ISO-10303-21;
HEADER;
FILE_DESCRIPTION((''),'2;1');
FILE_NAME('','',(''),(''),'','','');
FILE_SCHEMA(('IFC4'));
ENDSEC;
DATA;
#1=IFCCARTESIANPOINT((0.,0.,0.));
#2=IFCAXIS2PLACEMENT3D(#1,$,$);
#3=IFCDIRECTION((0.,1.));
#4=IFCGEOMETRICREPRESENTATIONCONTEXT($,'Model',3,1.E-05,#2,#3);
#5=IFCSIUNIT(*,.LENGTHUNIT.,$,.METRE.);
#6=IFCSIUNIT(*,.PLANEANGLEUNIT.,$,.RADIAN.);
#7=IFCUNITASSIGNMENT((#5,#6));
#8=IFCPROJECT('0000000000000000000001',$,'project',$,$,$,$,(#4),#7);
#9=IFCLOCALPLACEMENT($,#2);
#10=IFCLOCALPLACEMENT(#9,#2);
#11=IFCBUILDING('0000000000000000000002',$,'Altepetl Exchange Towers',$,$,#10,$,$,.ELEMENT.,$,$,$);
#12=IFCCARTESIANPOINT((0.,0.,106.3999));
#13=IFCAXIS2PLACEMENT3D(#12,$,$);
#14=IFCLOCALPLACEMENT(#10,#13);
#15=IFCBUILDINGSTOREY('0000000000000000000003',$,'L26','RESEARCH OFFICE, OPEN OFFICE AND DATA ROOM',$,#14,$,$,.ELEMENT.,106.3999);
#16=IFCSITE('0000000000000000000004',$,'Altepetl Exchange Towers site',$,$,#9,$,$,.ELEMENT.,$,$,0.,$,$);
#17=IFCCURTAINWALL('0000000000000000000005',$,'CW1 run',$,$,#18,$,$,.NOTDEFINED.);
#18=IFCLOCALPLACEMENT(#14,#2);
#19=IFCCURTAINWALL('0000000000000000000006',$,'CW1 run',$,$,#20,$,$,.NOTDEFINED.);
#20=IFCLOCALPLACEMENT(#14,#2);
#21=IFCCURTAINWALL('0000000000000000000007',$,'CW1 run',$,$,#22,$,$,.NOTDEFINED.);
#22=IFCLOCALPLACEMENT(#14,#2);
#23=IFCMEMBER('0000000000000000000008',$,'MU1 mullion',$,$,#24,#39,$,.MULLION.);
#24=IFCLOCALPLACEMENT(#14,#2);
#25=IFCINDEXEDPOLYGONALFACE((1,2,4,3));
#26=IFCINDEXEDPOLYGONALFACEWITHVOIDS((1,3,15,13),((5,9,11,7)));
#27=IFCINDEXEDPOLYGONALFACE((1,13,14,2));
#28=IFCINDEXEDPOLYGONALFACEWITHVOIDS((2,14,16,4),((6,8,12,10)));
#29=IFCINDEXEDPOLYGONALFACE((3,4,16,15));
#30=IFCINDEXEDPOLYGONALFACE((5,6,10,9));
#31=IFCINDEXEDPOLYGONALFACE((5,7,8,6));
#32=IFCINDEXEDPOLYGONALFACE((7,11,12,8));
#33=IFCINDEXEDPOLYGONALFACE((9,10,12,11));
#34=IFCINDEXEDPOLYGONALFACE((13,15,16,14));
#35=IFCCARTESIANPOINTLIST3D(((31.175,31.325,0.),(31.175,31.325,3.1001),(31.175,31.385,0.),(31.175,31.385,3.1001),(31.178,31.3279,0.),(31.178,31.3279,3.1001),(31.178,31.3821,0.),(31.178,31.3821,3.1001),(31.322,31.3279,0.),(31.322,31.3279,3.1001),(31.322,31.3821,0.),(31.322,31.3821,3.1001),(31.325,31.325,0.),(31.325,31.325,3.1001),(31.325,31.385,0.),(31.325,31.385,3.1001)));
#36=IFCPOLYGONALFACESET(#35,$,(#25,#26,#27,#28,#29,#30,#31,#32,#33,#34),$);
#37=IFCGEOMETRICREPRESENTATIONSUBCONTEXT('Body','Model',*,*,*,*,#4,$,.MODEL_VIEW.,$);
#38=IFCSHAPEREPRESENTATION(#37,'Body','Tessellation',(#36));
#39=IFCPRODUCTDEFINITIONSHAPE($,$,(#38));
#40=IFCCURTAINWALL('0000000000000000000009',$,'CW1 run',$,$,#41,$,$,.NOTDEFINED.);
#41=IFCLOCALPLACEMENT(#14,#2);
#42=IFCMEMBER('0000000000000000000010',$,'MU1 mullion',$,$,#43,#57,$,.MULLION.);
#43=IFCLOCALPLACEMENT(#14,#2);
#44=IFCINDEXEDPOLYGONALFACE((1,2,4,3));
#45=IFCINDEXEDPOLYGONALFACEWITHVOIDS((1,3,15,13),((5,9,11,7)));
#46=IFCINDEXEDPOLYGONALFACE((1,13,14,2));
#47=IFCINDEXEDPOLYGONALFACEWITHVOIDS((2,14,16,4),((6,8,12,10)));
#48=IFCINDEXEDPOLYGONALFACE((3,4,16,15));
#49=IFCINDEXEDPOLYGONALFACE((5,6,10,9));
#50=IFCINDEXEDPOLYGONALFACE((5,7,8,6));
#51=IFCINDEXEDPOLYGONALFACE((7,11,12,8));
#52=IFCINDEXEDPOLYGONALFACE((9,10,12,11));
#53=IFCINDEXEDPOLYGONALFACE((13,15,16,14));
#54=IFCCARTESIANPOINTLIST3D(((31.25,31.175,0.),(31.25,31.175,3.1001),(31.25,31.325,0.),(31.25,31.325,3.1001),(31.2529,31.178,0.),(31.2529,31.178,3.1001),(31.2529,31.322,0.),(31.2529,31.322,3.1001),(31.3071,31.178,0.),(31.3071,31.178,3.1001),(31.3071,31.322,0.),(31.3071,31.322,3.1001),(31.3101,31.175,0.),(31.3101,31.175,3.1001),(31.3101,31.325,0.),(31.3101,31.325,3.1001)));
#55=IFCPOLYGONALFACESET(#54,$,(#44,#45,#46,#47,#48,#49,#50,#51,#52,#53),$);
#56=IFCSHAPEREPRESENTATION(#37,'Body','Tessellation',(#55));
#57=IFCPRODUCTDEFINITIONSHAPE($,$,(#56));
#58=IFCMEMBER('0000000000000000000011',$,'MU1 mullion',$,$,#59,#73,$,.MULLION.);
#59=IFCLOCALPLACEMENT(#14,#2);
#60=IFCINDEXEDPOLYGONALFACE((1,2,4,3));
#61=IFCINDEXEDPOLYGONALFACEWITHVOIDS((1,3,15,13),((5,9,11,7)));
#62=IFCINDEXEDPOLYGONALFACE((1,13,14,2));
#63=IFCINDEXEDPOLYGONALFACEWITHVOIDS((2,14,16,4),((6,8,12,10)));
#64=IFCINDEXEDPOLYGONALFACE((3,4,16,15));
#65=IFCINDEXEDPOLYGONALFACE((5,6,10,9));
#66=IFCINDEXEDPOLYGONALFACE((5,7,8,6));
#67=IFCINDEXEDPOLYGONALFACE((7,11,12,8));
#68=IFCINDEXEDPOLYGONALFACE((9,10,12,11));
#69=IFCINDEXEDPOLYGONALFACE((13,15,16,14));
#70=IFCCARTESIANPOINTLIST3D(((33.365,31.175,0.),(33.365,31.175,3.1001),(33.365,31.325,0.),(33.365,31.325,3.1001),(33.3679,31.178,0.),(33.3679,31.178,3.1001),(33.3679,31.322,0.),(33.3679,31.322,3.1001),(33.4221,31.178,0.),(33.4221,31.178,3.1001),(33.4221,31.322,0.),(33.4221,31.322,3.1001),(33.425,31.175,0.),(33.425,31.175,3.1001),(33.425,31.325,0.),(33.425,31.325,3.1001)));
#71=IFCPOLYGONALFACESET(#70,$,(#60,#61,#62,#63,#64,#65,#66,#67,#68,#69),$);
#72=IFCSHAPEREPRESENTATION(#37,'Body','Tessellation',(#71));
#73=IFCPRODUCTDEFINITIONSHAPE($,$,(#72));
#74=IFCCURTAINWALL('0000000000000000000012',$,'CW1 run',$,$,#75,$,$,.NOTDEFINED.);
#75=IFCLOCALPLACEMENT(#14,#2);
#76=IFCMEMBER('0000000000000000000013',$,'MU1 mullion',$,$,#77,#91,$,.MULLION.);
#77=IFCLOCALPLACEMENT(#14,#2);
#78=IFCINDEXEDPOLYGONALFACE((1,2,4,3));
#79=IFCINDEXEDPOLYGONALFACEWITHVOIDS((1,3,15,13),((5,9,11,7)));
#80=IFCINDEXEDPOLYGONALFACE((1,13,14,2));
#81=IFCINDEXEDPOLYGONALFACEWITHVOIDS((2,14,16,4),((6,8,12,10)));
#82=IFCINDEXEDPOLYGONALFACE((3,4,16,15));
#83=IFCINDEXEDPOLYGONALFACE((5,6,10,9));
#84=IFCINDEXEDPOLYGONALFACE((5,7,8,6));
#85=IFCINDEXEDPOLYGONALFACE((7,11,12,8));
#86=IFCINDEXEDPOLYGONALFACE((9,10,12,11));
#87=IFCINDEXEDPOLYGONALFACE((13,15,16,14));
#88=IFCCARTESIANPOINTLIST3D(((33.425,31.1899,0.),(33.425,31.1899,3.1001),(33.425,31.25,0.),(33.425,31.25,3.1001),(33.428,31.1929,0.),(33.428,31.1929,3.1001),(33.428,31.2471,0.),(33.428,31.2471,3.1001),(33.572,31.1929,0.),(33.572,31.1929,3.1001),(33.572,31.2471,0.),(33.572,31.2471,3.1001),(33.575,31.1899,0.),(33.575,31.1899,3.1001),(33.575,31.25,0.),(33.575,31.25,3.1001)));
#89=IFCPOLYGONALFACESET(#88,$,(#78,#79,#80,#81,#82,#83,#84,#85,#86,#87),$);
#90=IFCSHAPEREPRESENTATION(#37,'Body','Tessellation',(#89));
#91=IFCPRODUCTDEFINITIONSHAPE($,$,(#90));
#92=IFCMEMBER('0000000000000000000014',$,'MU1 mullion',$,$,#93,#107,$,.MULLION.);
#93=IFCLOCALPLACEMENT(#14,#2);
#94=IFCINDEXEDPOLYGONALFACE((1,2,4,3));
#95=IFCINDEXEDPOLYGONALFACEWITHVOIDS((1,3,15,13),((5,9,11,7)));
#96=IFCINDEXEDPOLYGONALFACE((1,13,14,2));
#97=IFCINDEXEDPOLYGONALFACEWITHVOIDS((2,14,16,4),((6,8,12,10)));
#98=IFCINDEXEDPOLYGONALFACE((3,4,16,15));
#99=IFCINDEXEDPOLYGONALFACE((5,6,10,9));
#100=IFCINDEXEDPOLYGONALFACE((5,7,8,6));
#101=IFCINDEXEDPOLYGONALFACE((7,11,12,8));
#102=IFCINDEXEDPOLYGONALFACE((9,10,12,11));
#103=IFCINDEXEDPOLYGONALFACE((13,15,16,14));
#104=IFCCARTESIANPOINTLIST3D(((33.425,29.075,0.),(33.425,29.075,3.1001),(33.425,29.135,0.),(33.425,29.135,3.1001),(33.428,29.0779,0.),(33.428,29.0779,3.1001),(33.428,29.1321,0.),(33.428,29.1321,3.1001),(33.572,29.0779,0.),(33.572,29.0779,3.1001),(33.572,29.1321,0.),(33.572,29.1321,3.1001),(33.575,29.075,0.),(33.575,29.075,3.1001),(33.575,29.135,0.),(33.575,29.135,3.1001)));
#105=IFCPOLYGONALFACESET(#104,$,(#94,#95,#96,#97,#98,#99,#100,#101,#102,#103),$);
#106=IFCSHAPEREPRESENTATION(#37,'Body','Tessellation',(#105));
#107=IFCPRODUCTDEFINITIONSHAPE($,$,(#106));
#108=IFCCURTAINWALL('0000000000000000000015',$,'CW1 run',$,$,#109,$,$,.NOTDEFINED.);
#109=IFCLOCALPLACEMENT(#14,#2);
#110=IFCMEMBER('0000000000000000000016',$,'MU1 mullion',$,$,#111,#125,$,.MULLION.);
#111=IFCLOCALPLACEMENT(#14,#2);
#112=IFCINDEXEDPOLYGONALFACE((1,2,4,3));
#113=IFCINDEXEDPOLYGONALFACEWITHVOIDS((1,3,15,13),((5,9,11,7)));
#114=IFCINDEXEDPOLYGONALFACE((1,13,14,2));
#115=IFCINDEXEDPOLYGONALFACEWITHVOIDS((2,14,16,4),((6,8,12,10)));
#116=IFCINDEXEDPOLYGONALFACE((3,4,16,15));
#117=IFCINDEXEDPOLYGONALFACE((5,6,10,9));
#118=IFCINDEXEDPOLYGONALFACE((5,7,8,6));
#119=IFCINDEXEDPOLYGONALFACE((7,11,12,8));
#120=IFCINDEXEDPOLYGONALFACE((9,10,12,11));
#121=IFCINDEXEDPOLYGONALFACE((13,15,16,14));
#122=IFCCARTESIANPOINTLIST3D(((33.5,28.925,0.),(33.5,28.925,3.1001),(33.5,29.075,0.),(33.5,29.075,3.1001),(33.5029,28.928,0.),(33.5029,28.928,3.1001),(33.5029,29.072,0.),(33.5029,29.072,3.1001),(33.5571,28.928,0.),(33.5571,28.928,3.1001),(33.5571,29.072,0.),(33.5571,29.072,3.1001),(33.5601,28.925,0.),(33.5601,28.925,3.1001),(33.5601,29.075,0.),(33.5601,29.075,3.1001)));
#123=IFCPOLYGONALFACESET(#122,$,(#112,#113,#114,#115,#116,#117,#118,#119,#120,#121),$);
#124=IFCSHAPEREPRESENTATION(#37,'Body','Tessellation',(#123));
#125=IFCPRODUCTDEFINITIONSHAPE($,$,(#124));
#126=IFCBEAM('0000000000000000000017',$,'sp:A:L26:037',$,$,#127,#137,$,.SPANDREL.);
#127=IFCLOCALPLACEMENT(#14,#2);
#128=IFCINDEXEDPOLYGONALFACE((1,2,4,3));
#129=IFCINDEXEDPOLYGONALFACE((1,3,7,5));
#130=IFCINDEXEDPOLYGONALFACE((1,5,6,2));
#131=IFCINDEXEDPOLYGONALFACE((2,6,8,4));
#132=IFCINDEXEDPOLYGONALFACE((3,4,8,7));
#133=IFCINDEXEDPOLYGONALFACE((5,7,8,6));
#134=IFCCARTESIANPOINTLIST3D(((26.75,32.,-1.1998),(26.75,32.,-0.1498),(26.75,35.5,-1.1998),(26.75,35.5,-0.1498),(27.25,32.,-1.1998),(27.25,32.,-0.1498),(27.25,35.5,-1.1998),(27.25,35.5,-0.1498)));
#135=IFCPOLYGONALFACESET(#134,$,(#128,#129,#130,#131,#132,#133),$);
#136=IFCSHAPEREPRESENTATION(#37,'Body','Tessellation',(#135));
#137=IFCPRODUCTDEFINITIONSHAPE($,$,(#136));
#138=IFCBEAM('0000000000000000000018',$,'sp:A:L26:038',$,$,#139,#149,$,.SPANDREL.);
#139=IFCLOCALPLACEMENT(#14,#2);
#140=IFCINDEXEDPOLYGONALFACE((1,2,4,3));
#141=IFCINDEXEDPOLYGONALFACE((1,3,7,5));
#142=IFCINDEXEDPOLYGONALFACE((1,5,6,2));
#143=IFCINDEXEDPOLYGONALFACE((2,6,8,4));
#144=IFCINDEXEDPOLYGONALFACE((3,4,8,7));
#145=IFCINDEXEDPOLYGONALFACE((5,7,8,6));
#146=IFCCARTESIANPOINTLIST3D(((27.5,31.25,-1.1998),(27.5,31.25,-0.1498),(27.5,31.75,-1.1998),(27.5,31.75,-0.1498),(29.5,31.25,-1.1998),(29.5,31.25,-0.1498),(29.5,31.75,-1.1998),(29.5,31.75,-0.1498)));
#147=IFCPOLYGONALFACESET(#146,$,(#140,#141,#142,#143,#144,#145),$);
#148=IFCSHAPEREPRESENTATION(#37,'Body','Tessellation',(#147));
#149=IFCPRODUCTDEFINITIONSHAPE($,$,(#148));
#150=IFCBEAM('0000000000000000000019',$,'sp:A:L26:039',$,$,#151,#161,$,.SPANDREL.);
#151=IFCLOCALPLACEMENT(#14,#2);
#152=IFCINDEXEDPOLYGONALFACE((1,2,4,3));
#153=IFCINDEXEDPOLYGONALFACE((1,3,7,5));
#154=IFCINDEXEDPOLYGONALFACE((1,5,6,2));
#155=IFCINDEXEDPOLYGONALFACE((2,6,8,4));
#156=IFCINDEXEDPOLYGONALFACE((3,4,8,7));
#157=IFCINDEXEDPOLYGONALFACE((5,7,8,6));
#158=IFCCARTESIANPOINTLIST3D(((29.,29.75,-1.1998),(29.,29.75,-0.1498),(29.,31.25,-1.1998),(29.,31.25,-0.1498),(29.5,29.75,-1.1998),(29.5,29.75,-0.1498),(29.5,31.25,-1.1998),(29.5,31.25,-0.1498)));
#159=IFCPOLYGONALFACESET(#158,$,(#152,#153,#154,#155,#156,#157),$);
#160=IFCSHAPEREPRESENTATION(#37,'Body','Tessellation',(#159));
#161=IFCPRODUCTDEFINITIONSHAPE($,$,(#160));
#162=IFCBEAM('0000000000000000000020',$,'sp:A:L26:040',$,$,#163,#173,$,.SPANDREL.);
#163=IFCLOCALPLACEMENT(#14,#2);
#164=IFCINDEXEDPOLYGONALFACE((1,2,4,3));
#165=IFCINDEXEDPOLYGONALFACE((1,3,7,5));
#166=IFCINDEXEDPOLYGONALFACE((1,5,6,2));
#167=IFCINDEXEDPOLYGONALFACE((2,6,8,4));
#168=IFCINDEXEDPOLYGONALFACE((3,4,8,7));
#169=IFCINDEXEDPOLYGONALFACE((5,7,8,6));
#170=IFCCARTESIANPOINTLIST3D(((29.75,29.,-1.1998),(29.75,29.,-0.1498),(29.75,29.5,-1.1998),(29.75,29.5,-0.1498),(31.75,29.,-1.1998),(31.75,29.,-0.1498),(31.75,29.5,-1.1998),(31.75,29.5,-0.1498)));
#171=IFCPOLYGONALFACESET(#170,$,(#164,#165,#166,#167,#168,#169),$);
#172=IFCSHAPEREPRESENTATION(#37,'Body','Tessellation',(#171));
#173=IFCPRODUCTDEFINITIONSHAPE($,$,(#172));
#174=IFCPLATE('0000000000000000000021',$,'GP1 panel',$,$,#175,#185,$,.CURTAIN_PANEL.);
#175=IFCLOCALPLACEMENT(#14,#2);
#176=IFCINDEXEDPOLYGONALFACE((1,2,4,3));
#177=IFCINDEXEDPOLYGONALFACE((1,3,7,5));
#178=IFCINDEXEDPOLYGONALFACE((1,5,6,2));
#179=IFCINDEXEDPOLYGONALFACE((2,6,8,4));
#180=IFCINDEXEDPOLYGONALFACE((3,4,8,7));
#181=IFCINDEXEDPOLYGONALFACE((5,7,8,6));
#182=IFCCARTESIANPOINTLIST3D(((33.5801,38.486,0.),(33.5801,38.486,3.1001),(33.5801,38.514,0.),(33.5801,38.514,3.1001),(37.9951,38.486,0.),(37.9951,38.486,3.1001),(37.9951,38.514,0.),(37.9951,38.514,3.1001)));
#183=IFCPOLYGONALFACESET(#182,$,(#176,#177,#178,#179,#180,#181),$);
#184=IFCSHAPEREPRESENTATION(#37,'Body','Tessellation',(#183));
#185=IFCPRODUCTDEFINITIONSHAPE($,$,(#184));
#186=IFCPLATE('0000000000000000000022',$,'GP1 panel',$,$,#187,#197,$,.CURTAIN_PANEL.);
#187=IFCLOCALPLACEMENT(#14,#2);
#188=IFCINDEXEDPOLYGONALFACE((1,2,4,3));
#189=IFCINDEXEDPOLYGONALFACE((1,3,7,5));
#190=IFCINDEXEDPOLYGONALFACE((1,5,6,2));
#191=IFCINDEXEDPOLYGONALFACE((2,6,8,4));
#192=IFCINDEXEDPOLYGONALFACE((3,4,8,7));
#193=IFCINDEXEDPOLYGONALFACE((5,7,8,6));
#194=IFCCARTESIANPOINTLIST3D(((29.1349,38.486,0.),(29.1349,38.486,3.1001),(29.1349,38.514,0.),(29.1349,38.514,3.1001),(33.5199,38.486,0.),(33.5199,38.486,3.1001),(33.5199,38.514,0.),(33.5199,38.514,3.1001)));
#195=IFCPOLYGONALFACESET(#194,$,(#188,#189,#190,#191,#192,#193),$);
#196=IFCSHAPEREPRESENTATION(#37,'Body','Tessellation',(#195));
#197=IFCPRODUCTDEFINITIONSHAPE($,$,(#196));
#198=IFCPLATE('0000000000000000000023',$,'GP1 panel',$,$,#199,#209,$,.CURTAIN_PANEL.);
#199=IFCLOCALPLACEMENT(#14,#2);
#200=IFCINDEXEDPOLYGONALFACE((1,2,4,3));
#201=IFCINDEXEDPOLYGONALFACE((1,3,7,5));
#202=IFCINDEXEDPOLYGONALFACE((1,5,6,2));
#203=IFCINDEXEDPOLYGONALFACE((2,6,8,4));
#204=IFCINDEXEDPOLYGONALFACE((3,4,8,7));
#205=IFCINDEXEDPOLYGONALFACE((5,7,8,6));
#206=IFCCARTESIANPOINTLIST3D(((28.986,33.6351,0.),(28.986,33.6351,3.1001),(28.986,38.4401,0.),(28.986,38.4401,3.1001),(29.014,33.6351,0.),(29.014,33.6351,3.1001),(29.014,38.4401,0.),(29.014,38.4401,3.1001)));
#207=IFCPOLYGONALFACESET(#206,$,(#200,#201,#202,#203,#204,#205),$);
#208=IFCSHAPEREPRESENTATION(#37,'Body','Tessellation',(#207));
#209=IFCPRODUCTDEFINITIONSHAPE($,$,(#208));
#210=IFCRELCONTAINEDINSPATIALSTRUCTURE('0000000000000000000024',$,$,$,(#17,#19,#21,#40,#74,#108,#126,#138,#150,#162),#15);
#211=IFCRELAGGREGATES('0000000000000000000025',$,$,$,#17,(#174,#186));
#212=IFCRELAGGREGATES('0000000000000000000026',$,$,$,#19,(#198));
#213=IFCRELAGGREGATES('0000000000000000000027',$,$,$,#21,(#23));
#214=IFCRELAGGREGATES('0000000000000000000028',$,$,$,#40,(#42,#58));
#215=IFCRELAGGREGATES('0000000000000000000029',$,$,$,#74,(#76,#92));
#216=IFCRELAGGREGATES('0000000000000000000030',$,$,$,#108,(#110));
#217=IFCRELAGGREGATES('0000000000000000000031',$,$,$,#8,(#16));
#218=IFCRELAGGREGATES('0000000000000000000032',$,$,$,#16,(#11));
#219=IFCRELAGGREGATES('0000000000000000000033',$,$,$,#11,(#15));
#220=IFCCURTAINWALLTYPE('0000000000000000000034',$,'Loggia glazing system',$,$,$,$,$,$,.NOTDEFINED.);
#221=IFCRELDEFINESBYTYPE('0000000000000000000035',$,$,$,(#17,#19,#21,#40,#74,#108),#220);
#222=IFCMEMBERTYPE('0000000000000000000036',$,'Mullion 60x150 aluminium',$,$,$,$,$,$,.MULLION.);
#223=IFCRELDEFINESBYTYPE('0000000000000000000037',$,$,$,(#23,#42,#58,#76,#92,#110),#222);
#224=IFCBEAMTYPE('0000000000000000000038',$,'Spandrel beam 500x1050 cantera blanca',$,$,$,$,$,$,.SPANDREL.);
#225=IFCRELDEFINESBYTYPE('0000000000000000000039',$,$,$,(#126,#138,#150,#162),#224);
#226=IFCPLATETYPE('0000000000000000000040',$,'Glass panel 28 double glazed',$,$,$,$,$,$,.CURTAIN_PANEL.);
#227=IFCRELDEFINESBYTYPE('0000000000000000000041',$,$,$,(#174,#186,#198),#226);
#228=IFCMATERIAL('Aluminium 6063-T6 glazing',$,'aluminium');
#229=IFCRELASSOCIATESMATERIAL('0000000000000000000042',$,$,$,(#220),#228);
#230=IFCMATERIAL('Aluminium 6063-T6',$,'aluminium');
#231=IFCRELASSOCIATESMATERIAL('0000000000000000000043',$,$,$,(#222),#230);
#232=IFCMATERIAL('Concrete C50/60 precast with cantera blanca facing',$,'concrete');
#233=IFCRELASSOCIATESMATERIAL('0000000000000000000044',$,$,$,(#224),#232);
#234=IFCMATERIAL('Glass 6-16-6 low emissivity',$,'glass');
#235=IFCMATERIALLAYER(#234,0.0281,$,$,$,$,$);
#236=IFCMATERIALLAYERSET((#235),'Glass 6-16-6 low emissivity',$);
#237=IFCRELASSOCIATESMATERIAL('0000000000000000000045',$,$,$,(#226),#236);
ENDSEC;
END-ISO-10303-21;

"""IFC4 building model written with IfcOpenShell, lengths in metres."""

from ifc_helpers import new_model, si_unit, direction, frame, origin, origin_2d, place, context, subcontext, project, spatial, rectangle, hollow_rectangle, extrude, material, layer, layer_set, material_profile, profile_set, type_object, element, aggregate, save


model = new_model("IFC4")

# Units and contexts
model_context = context("Model", 3, precision=1e-05, world=origin(), true_north=direction((0.0, 1.0)))
body_context = subcontext(model_context, "Body", "Model", "MODEL_VIEW")
ifc_project = project(units=[si_unit("LENGTHUNIT", "METRE"), si_unit("PLANEANGLEUNIT", "RADIAN")], contexts=[model_context])

# Site, building, storey
site_placement = place(None, origin())
site = spatial("IfcSite", under=ifc_project, at=site_placement, Name="Altepetl Exchange Towers site", CompositionType="ELEMENT", RefElevation=0.0)
building_placement = place(site_placement, origin())
building = spatial("IfcBuilding", under=site, at=building_placement, Name="Altepetl Exchange Towers", CompositionType="ELEMENT")
storey_placement = place(building_placement, frame((0.0, 0.0, 106.3999)))
storey = spatial("IfcBuildingStorey", under=building, at=storey_placement, Name="L26", Description="RESEARCH OFFICE, OPEN OFFICE AND DATA ROOM", CompositionType="ELEMENT", Elevation=106.3999)

# Curtain walls, members
ifc_material_1 = material(Name="Aluminium 6063-T6 glazing", Category="aluminium")
curtain_wall_type = type_object("IfcCurtainWallType", Name="Loggia glazing system", PredefinedType="NOTDEFINED", material=ifc_material_1)
curtain_wall_1_placement = place(storey_placement, origin())
curtain_wall_1 = element("IfcCurtainWall", 1, at=curtain_wall_1_placement, inside=storey, type_object=curtain_wall_type, Name="CW1 run", PredefinedType="NOTDEFINED")
ifc_material_2 = material(Name="Aluminium 6063-T6", Category="aluminium")
ifc_material_profile_1 = material_profile(ifc_material_2, hollow_rectangle(XDim=0.0601, YDim=0.1499, WallThickness=0.0029, at=origin_2d()), Name="Mullion 60x150 aluminium")
ifc_profile_set_1 = profile_set([ifc_material_profile_1], Name="Aluminium 6063-T6")
member_type = type_object("IfcMemberType", Name="Mullion 60x150 aluminium", PredefinedType="MULLION", material=ifc_profile_set_1)
curtain_wall_2_placement = place(storey_placement, origin())
curtain_wall_2 = element("IfcCurtainWall", 2, at=curtain_wall_2_placement, inside=storey, type_object=curtain_wall_type, Name="CW1 run", PredefinedType="NOTDEFINED")
curtain_wall_3_placement = place(storey_placement, origin())
curtain_wall_3 = element("IfcCurtainWall", 3, at=curtain_wall_3_placement, inside=storey, type_object=curtain_wall_type, Name="CW1 run", PredefinedType="NOTDEFINED")
member_1_placement = place(storey_placement, frame((31.25, 31.355, 0.0), z_axis=(0.0, 0.0, 1.0), x_axis=(0.0, -1.0, 0.0)))
member_1 = element("IfcMember", 4, at=member_1_placement, type_object=member_type, Name="MU1 mullion", PredefinedType="MULLION", context=body_context, shape_type="SweptSolid", body=[
    extrude(hollow_rectangle(XDim=0.0601, YDim=0.1499, WallThickness=0.0029, at=origin_2d()), origin(), (0.0, 0.0, 1.0), 3.1001),
])
curtain_wall_4_placement = place(storey_placement, origin())
curtain_wall_4 = element("IfcCurtainWall", 5, at=curtain_wall_4_placement, inside=storey, type_object=curtain_wall_type, Name="CW1 run", PredefinedType="NOTDEFINED")
member_2_placement = place(storey_placement, frame((31.28, 31.25, 0.0)))
member_2 = element("IfcMember", 6, at=member_2_placement, type_object=member_type, Name="MU1 mullion", PredefinedType="MULLION", context=body_context, shape_type="SweptSolid", body=[
    extrude(hollow_rectangle(XDim=0.0601, YDim=0.1499, WallThickness=0.0029, at=origin_2d()), origin(), (0.0, 0.0, 1.0), 3.1001),
])
member_3_placement = place(storey_placement, frame((33.395, 31.25, 0.0)))
member_3 = element("IfcMember", 7, at=member_3_placement, type_object=member_type, Name="MU1 mullion", PredefinedType="MULLION", context=body_context, shape_type="SweptSolid", body=[
    extrude(hollow_rectangle(XDim=0.0601, YDim=0.1499, WallThickness=0.0029, at=origin_2d()), origin(), (0.0, 0.0, 1.0), 3.1001),
])
curtain_wall_5_placement = place(storey_placement, origin())
curtain_wall_5 = element("IfcCurtainWall", 8, at=curtain_wall_5_placement, inside=storey, type_object=curtain_wall_type, Name="CW1 run", PredefinedType="NOTDEFINED")
member_4_placement = place(storey_placement, frame((33.5, 31.22, 0.0), z_axis=(0.0, 0.0, 1.0), x_axis=(0.0, -1.0, 0.0)))
member_4 = element("IfcMember", 9, at=member_4_placement, type_object=member_type, Name="MU1 mullion", PredefinedType="MULLION", context=body_context, shape_type="SweptSolid", body=[
    extrude(hollow_rectangle(XDim=0.0601, YDim=0.1499, WallThickness=0.0029, at=origin_2d()), origin(), (0.0, 0.0, 1.0), 3.1001),
])
member_5_placement = place(storey_placement, frame((33.5, 29.105, 0.0), z_axis=(0.0, 0.0, 1.0), x_axis=(0.0, -1.0, 0.0)))
member_5 = element("IfcMember", 10, at=member_5_placement, type_object=member_type, Name="MU1 mullion", PredefinedType="MULLION", context=body_context, shape_type="SweptSolid", body=[
    extrude(hollow_rectangle(XDim=0.0601, YDim=0.1499, WallThickness=0.0029, at=origin_2d()), origin(), (0.0, 0.0, 1.0), 3.1001),
])

# Curtain wall, member
curtain_wall_6_placement = place(storey_placement, origin())
curtain_wall_6 = element("IfcCurtainWall", 11, at=curtain_wall_6_placement, inside=storey, type_object=curtain_wall_type, Name="CW1 run", PredefinedType="NOTDEFINED")
member_6_placement = place(storey_placement, frame((33.53, 29.0, 0.0)))
member_6 = element("IfcMember", 12, at=member_6_placement, type_object=member_type, Name="MU1 mullion", PredefinedType="MULLION", context=body_context, shape_type="SweptSolid", body=[
    extrude(hollow_rectangle(XDim=0.0601, YDim=0.1499, WallThickness=0.0029, at=origin_2d()), origin(), (0.0, 0.0, 1.0), 3.1001),
])

# Beams
ifc_material_3 = material(Name="Concrete C50/60 precast with cantera blanca facing", Category="concrete")
ifc_material_profile_2 = material_profile(ifc_material_3, rectangle(XDim=0.5, YDim=1.05, at=origin_2d()), Name="500 x 1050")
ifc_profile_set_2 = profile_set([ifc_material_profile_2], Name="Concrete C50/60 precast with cantera blanca facing")
beam_type_1 = type_object("IfcBeamType", Name="Spandrel beam 500x1050 cantera blanca", PredefinedType="SPANDREL", material=ifc_profile_set_2)
beam_1_placement = place(storey_placement, frame((27.0, 35.5, -0.6748), z_axis=(0.0, -1.0, 0.0), x_axis=(1.0, 0.0, 0.0)))
element("IfcBeam", 13, at=beam_1_placement, inside=storey, type_object=beam_type_1, Name="sp:A:L26:037", PredefinedType="SPANDREL", context=body_context, shape_type="SweptSolid", body=[
    extrude(rectangle(XDim=0.5, YDim=1.05, at=origin_2d()), origin(), (0.0, 0.0, 1.0), 3.5),
])
beam_2_placement = place(storey_placement, frame((27.5, 31.5, -0.6748), z_axis=(1.0, 0.0, 0.0), x_axis=(0.0, 1.0, 0.0)))
element("IfcBeam", 14, at=beam_2_placement, inside=storey, type_object=beam_type_1, Name="sp:A:L26:038", PredefinedType="SPANDREL", context=body_context, shape_type="SweptSolid", body=[
    extrude(rectangle(XDim=0.5, YDim=1.05, at=origin_2d()), origin(), (0.0, 0.0, 1.0), 2.0),
])
beam_3_placement = place(storey_placement, frame((29.25, 31.25, -0.6748), z_axis=(0.0, -1.0, 0.0), x_axis=(1.0, 0.0, 0.0)))
element("IfcBeam", 15, at=beam_3_placement, inside=storey, type_object=beam_type_1, Name="sp:A:L26:039", PredefinedType="SPANDREL", context=body_context, shape_type="SweptSolid", body=[
    extrude(rectangle(XDim=0.5, YDim=1.05, at=origin_2d()), origin(), (0.0, 0.0, 1.0), 1.5),
])
beam_4_placement = place(storey_placement, frame((29.75, 29.25, -0.6748), z_axis=(1.0, 0.0, 0.0), x_axis=(0.0, 1.0, 0.0)))
element("IfcBeam", 16, at=beam_4_placement, inside=storey, type_object=beam_type_1, Name="sp:A:L26:040", PredefinedType="SPANDREL", context=body_context, shape_type="SweptSolid", body=[
    extrude(rectangle(XDim=0.5, YDim=1.05, at=origin_2d()), origin(), (0.0, 0.0, 1.0), 2.0),
])

# Plates
ifc_material_4 = material(Name="Glass 6-16-6 low emissivity", Category="glass")
ifc_layer = layer(ifc_material_4, 0.0281)
ifc_layer_set = layer_set([ifc_layer], Name="Glass 6-16-6 low emissivity")
plate_type = type_object("IfcPlateType", Name="Glass panel 28 double glazed", PredefinedType="CURTAIN_PANEL", material=ifc_layer_set)
plate_1_placement = place(storey_placement, frame((35.7876, 38.5, 0.0), z_axis=(0.0, 0.0, 1.0), x_axis=(-1.0, 0.0, 0.0)))
plate_1 = element("IfcPlate", 17, at=plate_1_placement, type_object=plate_type, Name="GP1 panel", PredefinedType="CURTAIN_PANEL", context=body_context, shape_type="SweptSolid", body=[
    extrude(rectangle(XDim=4.415, YDim=0.0281, at=origin_2d()), origin(), (0.0, 0.0, 1.0), 3.1001),
])
plate_2_placement = place(storey_placement, frame((31.3274, 38.5, 0.0), z_axis=(0.0, 0.0, 1.0), x_axis=(-1.0, 0.0, 0.0)))
plate_2 = element("IfcPlate", 18, at=plate_2_placement, type_object=plate_type, Name="GP1 panel", PredefinedType="CURTAIN_PANEL", context=body_context, shape_type="SweptSolid", body=[
    extrude(rectangle(XDim=4.385, YDim=0.0281, at=origin_2d()), origin(), (0.0, 0.0, 1.0), 3.1001),
])
aggregate(curtain_wall_1, [plate_1, plate_2])
plate_3_placement = place(storey_placement, frame((29.0, 36.0376, 0.0), z_axis=(0.0, 0.0, 1.0), x_axis=(0.0, -1.0, 0.0)))
plate_3 = element("IfcPlate", 19, at=plate_3_placement, type_object=plate_type, Name="GP1 panel", PredefinedType="CURTAIN_PANEL", context=body_context, shape_type="SweptSolid", body=[
    extrude(rectangle(XDim=4.8049, YDim=0.0281, at=origin_2d()), origin(), (0.0, 0.0, 1.0), 3.1001),
])
aggregate(curtain_wall_2, [plate_3])
aggregate(curtain_wall_3, [member_1])
aggregate(curtain_wall_4, [member_2, member_3])
aggregate(curtain_wall_5, [member_4, member_5])
aggregate(curtain_wall_6, [member_6])

save(model, "model.ifc")
